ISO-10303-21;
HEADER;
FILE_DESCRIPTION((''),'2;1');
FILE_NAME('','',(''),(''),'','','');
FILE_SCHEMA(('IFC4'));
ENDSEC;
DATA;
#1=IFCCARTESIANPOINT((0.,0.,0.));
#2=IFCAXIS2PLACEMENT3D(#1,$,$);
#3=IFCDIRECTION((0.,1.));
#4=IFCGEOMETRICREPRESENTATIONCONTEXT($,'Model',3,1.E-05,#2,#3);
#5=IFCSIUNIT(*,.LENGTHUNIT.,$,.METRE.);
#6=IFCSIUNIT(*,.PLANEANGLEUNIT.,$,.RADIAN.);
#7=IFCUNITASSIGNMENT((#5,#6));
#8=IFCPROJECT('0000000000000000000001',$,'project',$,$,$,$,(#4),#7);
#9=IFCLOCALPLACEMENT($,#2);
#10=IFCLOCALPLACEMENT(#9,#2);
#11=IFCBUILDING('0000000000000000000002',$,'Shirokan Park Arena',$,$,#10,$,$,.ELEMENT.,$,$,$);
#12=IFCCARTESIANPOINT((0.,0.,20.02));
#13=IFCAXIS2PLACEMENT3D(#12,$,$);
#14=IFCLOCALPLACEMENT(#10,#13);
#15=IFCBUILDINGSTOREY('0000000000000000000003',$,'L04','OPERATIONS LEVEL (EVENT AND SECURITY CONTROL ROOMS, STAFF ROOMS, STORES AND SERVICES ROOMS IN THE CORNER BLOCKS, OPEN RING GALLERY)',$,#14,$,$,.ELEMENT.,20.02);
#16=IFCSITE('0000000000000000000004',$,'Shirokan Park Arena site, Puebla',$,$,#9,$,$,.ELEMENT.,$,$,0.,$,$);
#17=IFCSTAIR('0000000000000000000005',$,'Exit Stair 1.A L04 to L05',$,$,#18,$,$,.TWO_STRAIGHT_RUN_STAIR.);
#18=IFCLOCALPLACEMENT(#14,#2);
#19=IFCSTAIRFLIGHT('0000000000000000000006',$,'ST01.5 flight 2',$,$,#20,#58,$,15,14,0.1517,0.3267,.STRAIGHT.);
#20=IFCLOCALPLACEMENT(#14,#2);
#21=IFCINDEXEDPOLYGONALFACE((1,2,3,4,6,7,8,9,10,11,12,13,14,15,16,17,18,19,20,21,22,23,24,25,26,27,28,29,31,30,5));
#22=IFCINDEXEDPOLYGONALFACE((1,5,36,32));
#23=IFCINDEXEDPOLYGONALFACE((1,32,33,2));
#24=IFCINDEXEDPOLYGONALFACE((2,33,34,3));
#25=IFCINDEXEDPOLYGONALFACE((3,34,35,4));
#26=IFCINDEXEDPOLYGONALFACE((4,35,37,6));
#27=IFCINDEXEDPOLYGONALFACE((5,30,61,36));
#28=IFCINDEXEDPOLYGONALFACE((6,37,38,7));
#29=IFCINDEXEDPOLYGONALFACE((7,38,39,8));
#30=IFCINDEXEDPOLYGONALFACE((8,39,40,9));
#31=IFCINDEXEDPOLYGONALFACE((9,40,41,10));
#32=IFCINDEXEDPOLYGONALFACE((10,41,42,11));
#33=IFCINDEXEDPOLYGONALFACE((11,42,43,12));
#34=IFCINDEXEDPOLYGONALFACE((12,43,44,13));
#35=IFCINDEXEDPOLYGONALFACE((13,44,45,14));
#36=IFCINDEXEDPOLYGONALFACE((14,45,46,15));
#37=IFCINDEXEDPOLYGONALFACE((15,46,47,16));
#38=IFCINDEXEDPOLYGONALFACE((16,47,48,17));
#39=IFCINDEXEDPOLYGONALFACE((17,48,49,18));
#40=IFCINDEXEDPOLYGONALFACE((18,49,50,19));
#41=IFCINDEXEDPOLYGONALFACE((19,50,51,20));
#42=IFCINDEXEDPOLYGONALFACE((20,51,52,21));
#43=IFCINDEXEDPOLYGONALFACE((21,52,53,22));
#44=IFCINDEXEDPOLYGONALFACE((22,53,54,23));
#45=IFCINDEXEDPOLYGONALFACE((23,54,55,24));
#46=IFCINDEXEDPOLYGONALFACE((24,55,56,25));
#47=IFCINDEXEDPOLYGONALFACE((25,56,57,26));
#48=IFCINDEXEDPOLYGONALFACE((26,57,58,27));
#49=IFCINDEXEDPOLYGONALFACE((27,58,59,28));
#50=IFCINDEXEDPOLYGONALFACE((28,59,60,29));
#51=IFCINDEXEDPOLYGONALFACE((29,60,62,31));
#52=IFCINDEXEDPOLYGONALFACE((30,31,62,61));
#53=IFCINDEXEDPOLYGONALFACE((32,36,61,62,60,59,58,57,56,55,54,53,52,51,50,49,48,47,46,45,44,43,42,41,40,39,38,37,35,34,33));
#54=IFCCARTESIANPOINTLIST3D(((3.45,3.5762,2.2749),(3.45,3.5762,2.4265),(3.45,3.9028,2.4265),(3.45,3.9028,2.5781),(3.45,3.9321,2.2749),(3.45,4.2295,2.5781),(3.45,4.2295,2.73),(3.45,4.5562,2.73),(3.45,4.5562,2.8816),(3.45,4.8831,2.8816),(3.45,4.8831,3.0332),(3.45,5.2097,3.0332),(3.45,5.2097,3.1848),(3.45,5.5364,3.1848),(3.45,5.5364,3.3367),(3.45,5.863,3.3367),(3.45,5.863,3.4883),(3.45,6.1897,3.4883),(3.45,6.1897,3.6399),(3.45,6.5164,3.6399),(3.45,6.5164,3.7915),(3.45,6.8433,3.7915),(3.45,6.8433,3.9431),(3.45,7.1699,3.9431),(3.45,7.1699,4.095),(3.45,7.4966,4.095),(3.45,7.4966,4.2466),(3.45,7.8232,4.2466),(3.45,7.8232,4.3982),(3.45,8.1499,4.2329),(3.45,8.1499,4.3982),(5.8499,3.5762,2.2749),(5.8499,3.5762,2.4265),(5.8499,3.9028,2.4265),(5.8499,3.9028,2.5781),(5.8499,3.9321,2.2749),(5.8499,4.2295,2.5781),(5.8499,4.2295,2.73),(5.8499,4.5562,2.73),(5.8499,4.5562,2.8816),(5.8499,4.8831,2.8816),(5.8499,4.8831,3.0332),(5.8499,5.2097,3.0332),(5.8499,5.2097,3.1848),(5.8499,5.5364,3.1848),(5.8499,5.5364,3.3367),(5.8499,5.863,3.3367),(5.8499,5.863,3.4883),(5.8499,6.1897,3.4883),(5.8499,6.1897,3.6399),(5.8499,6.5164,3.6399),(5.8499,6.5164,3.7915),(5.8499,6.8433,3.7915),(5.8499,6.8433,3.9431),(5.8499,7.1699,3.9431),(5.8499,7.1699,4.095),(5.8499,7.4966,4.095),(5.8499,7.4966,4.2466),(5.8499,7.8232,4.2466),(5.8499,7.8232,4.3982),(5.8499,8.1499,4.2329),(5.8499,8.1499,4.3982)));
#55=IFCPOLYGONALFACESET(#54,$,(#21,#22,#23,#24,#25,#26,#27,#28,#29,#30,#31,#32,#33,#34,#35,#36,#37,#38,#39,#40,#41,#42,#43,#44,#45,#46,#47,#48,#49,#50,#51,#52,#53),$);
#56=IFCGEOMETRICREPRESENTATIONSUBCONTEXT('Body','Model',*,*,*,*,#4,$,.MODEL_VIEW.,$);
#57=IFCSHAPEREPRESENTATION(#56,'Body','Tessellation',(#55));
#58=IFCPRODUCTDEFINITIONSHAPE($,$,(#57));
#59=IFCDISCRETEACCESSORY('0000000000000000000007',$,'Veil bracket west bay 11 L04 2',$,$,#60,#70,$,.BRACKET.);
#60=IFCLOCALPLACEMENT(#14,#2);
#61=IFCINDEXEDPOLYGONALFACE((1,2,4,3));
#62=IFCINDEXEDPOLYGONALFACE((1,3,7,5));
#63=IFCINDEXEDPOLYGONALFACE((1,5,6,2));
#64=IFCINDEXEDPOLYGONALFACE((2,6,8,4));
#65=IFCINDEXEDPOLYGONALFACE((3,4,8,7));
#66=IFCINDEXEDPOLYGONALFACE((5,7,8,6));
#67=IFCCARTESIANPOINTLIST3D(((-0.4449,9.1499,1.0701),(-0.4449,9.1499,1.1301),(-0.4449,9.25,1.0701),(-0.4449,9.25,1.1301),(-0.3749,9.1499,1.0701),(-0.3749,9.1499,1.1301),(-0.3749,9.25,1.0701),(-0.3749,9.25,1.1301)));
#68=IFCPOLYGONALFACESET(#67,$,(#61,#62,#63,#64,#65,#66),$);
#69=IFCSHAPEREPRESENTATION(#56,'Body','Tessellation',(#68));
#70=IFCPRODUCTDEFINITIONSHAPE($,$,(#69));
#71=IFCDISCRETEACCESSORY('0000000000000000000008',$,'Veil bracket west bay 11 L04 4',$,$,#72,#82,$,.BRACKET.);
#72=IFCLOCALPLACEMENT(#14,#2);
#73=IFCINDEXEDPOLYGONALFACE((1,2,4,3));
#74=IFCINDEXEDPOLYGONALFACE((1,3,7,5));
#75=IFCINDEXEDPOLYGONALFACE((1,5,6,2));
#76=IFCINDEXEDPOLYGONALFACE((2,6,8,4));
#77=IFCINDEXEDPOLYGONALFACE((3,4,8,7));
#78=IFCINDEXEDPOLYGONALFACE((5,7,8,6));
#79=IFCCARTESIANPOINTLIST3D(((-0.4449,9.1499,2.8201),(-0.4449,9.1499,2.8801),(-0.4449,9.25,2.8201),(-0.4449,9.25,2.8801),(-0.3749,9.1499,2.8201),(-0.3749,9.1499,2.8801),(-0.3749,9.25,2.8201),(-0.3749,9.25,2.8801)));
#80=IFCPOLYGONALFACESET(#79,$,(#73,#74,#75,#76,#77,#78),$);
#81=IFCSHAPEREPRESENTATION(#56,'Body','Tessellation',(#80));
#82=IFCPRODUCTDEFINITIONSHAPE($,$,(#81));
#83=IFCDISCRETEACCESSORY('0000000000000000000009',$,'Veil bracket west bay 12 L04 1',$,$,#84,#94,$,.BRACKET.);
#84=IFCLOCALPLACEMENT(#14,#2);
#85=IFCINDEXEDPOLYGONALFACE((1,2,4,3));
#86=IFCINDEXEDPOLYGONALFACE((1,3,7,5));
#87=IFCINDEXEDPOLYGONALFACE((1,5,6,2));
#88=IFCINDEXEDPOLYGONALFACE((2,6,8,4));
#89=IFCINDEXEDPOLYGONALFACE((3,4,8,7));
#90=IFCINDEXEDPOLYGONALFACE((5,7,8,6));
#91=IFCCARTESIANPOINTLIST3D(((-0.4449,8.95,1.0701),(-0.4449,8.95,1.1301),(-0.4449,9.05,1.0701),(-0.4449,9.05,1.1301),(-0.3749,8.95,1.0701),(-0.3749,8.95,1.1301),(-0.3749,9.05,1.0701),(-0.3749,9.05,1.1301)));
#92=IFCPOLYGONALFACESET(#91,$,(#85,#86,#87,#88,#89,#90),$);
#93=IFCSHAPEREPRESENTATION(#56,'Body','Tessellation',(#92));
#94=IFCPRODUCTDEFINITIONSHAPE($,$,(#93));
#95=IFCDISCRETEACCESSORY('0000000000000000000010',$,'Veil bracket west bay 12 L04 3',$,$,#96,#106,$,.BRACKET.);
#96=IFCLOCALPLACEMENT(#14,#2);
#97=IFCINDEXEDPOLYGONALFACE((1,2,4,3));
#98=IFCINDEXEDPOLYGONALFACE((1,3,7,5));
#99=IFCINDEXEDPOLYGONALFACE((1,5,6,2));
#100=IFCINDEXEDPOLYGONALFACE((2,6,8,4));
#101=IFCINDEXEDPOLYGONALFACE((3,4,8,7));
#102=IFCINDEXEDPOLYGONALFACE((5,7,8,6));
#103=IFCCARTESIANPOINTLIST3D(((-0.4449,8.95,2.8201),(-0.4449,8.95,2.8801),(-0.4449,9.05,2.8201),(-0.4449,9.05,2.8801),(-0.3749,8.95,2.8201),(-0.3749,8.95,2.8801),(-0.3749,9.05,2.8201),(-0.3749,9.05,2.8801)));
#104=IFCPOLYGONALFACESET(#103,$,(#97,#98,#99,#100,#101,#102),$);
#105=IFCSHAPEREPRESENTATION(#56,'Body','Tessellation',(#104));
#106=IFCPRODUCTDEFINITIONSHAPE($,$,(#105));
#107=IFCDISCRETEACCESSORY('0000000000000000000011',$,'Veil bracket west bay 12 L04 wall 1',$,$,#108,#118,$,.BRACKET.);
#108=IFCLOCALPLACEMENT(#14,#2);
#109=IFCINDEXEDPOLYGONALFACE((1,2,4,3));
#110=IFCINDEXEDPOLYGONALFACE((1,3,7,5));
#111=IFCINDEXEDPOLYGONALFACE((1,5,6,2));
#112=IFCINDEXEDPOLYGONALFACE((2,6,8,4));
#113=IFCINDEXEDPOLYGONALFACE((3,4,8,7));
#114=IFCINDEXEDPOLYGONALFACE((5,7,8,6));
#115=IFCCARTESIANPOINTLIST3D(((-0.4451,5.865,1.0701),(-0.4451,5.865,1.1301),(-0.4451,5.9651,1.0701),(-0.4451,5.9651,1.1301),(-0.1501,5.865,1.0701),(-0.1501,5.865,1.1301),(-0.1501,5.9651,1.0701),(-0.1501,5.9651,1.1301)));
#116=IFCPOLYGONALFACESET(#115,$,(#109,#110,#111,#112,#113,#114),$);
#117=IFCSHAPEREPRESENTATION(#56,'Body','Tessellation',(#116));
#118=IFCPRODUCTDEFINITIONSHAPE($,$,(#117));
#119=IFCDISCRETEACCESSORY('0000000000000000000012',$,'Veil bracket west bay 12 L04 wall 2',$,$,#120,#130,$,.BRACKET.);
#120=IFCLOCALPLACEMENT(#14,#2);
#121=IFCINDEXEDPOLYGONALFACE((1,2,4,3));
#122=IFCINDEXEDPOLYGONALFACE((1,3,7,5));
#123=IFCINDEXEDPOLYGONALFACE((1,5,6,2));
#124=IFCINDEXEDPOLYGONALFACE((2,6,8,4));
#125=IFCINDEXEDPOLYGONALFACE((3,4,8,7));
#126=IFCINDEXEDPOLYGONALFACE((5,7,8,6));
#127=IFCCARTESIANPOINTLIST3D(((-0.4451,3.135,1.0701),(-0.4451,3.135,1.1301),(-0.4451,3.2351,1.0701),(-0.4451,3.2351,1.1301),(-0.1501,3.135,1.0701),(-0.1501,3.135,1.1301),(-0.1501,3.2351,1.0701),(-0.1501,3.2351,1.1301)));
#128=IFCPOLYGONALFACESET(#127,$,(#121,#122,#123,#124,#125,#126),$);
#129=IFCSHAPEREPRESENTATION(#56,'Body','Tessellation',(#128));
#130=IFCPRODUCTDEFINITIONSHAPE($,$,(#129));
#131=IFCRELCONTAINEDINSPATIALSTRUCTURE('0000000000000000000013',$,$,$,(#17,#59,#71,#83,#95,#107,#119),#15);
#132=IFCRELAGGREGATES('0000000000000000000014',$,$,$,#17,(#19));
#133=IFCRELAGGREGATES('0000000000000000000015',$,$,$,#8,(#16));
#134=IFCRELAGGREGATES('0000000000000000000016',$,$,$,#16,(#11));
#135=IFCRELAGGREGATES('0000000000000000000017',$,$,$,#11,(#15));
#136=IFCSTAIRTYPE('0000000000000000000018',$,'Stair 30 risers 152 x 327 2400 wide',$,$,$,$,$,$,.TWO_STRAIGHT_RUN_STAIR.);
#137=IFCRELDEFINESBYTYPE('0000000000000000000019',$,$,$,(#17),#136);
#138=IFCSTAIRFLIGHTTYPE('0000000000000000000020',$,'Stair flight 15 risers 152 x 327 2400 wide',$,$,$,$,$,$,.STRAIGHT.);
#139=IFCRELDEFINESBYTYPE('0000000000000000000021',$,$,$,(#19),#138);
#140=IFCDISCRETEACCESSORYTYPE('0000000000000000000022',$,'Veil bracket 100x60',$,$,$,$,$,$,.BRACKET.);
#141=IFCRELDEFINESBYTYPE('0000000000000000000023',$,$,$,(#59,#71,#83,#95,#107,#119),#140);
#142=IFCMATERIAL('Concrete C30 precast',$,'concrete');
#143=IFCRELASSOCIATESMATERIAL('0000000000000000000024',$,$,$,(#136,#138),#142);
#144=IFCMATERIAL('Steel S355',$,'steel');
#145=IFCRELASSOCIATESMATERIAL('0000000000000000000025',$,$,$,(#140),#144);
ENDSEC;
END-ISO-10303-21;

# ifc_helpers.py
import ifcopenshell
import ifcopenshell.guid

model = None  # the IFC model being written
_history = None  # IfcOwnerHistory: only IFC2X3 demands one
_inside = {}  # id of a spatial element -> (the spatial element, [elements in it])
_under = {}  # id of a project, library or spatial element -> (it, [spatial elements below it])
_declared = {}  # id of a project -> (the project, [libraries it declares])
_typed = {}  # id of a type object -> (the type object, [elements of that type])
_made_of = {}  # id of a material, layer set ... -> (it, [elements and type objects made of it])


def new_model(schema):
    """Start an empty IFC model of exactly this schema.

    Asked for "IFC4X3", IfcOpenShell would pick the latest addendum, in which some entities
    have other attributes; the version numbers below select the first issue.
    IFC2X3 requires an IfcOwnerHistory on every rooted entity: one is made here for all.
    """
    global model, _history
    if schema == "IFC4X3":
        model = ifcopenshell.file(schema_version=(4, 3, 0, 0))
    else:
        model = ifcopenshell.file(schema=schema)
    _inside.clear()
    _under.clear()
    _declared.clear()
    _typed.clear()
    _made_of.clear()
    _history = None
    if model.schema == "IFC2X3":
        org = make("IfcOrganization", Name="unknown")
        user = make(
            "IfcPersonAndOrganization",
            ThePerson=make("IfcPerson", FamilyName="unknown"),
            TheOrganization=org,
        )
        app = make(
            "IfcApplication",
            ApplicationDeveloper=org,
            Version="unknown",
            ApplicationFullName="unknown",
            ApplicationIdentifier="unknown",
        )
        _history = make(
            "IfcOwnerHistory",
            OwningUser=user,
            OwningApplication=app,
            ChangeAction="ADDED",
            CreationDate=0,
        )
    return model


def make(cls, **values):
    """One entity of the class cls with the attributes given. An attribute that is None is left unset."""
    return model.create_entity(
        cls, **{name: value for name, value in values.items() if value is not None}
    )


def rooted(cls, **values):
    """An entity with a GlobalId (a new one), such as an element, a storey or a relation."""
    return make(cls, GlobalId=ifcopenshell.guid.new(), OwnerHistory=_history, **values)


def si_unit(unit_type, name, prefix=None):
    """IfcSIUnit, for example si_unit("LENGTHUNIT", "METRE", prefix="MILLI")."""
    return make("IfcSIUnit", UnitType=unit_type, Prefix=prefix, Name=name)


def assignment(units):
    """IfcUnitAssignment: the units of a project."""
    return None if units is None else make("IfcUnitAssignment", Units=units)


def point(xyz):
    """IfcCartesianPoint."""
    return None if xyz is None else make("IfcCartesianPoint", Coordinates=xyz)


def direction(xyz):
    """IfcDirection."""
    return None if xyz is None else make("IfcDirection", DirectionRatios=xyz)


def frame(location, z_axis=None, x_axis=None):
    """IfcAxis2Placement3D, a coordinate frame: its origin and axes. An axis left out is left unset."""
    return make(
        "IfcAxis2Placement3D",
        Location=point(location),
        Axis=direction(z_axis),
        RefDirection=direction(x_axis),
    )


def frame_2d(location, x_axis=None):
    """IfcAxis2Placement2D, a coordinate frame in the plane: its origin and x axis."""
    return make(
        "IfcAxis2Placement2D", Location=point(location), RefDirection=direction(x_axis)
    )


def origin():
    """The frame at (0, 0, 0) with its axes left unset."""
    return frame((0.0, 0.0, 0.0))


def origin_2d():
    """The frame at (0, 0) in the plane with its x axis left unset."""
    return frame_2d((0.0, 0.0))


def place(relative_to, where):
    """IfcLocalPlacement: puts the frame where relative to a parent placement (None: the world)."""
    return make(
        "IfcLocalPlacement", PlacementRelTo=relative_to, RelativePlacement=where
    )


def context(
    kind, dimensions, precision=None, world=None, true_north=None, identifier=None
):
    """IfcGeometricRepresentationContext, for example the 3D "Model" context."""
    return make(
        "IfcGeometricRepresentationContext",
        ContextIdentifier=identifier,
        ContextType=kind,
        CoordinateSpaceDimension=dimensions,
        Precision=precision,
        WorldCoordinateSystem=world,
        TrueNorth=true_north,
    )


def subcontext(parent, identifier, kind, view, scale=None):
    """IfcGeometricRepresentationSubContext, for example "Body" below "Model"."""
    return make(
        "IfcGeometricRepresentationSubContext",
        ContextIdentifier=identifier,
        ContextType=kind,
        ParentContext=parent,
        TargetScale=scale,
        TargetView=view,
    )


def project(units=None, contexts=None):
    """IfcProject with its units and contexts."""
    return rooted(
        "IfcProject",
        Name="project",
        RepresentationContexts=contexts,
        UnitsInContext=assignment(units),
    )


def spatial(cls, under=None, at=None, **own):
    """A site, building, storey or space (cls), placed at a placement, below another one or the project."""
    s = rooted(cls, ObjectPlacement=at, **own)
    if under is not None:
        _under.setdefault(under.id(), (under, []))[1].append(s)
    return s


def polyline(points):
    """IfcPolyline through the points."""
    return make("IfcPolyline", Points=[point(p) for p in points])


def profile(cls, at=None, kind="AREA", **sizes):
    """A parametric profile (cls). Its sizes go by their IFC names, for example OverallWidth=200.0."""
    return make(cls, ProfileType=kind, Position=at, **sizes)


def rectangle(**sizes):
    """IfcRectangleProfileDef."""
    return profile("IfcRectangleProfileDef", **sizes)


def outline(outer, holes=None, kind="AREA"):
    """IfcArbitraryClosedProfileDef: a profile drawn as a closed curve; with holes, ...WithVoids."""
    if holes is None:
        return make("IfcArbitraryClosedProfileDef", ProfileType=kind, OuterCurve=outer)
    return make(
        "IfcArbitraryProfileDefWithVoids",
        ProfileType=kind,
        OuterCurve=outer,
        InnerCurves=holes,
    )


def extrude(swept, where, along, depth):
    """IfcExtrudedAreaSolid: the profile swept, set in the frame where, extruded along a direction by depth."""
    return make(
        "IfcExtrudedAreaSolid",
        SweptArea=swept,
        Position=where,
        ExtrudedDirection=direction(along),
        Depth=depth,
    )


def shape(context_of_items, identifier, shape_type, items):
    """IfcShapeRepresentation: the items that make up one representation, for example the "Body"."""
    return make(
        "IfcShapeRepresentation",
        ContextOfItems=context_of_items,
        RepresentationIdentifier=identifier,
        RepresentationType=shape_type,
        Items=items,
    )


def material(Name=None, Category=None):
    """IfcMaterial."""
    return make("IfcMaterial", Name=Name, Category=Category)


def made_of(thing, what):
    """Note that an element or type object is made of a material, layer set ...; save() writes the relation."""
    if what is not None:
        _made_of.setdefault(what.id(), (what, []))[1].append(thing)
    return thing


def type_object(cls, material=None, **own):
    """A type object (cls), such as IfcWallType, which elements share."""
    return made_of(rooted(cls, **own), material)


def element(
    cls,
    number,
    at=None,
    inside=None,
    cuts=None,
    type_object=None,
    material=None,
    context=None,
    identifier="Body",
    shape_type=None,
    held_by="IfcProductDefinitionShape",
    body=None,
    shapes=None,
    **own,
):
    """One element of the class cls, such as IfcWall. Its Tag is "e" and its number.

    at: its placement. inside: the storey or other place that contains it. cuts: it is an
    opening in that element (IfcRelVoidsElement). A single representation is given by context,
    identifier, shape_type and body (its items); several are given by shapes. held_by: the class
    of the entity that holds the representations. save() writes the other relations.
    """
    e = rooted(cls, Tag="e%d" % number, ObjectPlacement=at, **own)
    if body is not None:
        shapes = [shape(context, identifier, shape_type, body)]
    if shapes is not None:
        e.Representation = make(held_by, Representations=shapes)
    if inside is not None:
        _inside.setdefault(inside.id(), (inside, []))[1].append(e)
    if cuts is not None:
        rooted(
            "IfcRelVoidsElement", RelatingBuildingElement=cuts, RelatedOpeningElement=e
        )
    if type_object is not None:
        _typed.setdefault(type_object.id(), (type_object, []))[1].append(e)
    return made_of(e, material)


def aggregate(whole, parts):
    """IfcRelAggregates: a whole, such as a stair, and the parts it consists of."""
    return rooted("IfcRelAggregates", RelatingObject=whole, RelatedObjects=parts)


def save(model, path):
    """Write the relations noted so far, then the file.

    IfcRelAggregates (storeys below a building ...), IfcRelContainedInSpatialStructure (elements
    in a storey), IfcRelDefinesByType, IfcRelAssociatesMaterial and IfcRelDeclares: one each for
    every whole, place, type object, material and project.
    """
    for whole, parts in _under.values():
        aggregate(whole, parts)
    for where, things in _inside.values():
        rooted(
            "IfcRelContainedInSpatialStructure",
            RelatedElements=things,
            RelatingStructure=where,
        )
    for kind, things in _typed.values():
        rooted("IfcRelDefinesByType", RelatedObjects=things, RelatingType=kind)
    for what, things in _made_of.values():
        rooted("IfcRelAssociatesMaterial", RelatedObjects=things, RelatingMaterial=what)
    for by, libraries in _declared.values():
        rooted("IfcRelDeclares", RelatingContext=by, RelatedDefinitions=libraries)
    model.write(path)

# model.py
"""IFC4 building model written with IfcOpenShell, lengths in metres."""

from ifc_helpers import new_model, si_unit, direction, frame, origin, origin_2d, place, context, subcontext, project, spatial, polyline, rectangle, outline, extrude, material, type_object, element, aggregate, save


model = new_model("IFC4")

# Units and contexts
model_context = context("Model", 3, precision=1e-05, world=origin(), true_north=direction((0.0, 1.0)))
body_context = subcontext(model_context, "Body", "Model", "MODEL_VIEW")
ifc_project = project(units=[si_unit("LENGTHUNIT", "METRE"), si_unit("PLANEANGLEUNIT", "RADIAN")], contexts=[model_context])

# Site, building, storey
site_placement = place(None, origin())
site = spatial("IfcSite", under=ifc_project, at=site_placement, Name="Shirokan Park Arena site, Puebla", CompositionType="ELEMENT", RefElevation=0.0)
building_placement = place(site_placement, origin())
building = spatial("IfcBuilding", under=site, at=building_placement, Name="Shirokan Park Arena", CompositionType="ELEMENT")
storey_placement = place(building_placement, frame((0.0, 0.0, 20.02)))
storey = spatial("IfcBuildingStorey", under=building, at=storey_placement, Name="L04", Description="OPERATIONS LEVEL (EVENT AND SECURITY CONTROL ROOMS, STAFF ROOMS, STORES AND SERVICES ROOMS IN THE CORNER BLOCKS, OPEN RING GALLERY)", CompositionType="ELEMENT", Elevation=20.02)

# Stair, stair flight
ifc_material_1 = material(Name="Concrete C30 precast", Category="concrete")
stair_type = type_object("IfcStairType", Name="Stair 30 risers 152 x 327 2400 wide", PredefinedType="TWO_STRAIGHT_RUN_STAIR", material=ifc_material_1)
stair_placement = place(storey_placement, origin())
stair = element("IfcStair", 1, at=stair_placement, inside=storey, type_object=stair_type, Name="Exit Stair 1.A L04 to L05", PredefinedType="TWO_STRAIGHT_RUN_STAIR")
stair_flight_type = type_object("IfcStairFlightType", Name="Stair flight 15 risers 152 x 327 2400 wide", PredefinedType="STRAIGHT", material=ifc_material_1)
stair_flight_1_placement = place(storey_placement, frame((4.6499, 3.5762, 2.2749), z_axis=(0.0, 0.0, 1.0), x_axis=(0.0, 1.0, 0.0)))
stair_flight_1 = element("IfcStairFlight", 2, at=stair_flight_1_placement, type_object=stair_flight_type, Name="ST01.5 flight 2", NumberOfRisers=15, NumberOfTreads=14, PredefinedType="STRAIGHT", RiserHeight=0.1517, TreadLength=0.3267, context=body_context, shape_type="SweptSolid", body=[
    extrude(outline(polyline([(0.0, 0.0), (0.0, 0.1516), (0.3267, 0.1516), (0.3267, 0.3032), (0.6533, 0.3032), (0.6533, 0.4551), (0.98, 0.4551), (0.98, 0.6067), (1.3069, 0.6067), (1.3069, 0.7583), (1.6335, 0.7583), (1.6335, 0.9099), (1.9602, 0.9099), (1.9602, 1.0618), (2.2869, 1.0618), (2.2869, 1.2134), (2.6135, 1.2134), (2.6135, 1.365), (2.9402, 1.365), (2.9402, 1.5166), (3.2671, 1.5166), (3.2671, 1.6682), (3.5938, 1.6682), (3.5938, 1.8201), (3.9204, 1.8201), (3.9204, 1.9717), (4.2471, 1.9717), (4.2471, 2.1233), (4.5737, 2.1233), (4.5737, 2.2749), (4.5737, 1.958), (0.356, 0.0), (0.0, 0.0)])), frame((0.0, 1.2, 0.0), z_axis=(0.0, -1.0, 0.0), x_axis=(1.0, 0.0, 0.0)), (0.0, 0.0, 1.0), 2.3999),
])
aggregate(stair, [stair_flight_1])

# Discrete accessories
ifc_material_2 = material(Name="Steel S355", Category="steel")
discrete_accessory_type = type_object("IfcDiscreteAccessoryType", Name="Veil bracket 100x60", PredefinedType="BRACKET", material=ifc_material_2)
for number, where, z_axis, x_axis, name in (
    (3, (-0.4099, 9.2, 1.0701), (0.0, 0.0, 1.0), (0.0, -1.0, 0.0), "Veil bracket west bay 11 L04 2"),
    (4, (-0.4099, 9.2, 2.8201), (0.0, 0.0, 1.0), (0.0, -1.0, 0.0), "Veil bracket west bay 11 L04 4"),
    (5, (-0.4099, 9.0, 1.0701), (0.0, 0.0, 1.0), (0.0, -1.0, 0.0), "Veil bracket west bay 12 L04 1"),
    (6, (-0.4099, 9.0, 2.8201), (0.0, 0.0, 1.0), (0.0, -1.0, 0.0), "Veil bracket west bay 12 L04 3"),
):
    element("IfcDiscreteAccessory", number, at=place(storey_placement, frame(where, z_axis=z_axis, x_axis=x_axis)), inside=storey, type_object=discrete_accessory_type, Name=name, PredefinedType="BRACKET", context=body_context, shape_type="SweptSolid", body=[
        extrude(rectangle(XDim=0.1001, YDim=0.0701, at=origin_2d()), origin(), (0.0, 0.0, 1.0), 0.0601),
    ])
for number, where, z_axis, x_axis, name in (
    (7, (-0.2976, 5.915, 1.0701), (0.0, 0.0, 1.0), (0.0, -1.0, 0.0), "Veil bracket west bay 12 L04 wall 1"),
    (8, (-0.2976, 3.1851, 1.0701), (0.0, 0.0, 1.0), (0.0, -1.0, 0.0), "Veil bracket west bay 12 L04 wall 2"),
):
    element("IfcDiscreteAccessory", number, at=place(storey_placement, frame(where, z_axis=z_axis, x_axis=x_axis)), inside=storey, type_object=discrete_accessory_type, Name=name, PredefinedType="BRACKET", context=body_context, shape_type="SweptSolid", body=[
        extrude(rectangle(XDim=0.1001, YDim=0.2949, at=origin_2d()), origin(), (0.0, 0.0, 1.0), 0.0601),
    ])

save(model, "model.ifc")
